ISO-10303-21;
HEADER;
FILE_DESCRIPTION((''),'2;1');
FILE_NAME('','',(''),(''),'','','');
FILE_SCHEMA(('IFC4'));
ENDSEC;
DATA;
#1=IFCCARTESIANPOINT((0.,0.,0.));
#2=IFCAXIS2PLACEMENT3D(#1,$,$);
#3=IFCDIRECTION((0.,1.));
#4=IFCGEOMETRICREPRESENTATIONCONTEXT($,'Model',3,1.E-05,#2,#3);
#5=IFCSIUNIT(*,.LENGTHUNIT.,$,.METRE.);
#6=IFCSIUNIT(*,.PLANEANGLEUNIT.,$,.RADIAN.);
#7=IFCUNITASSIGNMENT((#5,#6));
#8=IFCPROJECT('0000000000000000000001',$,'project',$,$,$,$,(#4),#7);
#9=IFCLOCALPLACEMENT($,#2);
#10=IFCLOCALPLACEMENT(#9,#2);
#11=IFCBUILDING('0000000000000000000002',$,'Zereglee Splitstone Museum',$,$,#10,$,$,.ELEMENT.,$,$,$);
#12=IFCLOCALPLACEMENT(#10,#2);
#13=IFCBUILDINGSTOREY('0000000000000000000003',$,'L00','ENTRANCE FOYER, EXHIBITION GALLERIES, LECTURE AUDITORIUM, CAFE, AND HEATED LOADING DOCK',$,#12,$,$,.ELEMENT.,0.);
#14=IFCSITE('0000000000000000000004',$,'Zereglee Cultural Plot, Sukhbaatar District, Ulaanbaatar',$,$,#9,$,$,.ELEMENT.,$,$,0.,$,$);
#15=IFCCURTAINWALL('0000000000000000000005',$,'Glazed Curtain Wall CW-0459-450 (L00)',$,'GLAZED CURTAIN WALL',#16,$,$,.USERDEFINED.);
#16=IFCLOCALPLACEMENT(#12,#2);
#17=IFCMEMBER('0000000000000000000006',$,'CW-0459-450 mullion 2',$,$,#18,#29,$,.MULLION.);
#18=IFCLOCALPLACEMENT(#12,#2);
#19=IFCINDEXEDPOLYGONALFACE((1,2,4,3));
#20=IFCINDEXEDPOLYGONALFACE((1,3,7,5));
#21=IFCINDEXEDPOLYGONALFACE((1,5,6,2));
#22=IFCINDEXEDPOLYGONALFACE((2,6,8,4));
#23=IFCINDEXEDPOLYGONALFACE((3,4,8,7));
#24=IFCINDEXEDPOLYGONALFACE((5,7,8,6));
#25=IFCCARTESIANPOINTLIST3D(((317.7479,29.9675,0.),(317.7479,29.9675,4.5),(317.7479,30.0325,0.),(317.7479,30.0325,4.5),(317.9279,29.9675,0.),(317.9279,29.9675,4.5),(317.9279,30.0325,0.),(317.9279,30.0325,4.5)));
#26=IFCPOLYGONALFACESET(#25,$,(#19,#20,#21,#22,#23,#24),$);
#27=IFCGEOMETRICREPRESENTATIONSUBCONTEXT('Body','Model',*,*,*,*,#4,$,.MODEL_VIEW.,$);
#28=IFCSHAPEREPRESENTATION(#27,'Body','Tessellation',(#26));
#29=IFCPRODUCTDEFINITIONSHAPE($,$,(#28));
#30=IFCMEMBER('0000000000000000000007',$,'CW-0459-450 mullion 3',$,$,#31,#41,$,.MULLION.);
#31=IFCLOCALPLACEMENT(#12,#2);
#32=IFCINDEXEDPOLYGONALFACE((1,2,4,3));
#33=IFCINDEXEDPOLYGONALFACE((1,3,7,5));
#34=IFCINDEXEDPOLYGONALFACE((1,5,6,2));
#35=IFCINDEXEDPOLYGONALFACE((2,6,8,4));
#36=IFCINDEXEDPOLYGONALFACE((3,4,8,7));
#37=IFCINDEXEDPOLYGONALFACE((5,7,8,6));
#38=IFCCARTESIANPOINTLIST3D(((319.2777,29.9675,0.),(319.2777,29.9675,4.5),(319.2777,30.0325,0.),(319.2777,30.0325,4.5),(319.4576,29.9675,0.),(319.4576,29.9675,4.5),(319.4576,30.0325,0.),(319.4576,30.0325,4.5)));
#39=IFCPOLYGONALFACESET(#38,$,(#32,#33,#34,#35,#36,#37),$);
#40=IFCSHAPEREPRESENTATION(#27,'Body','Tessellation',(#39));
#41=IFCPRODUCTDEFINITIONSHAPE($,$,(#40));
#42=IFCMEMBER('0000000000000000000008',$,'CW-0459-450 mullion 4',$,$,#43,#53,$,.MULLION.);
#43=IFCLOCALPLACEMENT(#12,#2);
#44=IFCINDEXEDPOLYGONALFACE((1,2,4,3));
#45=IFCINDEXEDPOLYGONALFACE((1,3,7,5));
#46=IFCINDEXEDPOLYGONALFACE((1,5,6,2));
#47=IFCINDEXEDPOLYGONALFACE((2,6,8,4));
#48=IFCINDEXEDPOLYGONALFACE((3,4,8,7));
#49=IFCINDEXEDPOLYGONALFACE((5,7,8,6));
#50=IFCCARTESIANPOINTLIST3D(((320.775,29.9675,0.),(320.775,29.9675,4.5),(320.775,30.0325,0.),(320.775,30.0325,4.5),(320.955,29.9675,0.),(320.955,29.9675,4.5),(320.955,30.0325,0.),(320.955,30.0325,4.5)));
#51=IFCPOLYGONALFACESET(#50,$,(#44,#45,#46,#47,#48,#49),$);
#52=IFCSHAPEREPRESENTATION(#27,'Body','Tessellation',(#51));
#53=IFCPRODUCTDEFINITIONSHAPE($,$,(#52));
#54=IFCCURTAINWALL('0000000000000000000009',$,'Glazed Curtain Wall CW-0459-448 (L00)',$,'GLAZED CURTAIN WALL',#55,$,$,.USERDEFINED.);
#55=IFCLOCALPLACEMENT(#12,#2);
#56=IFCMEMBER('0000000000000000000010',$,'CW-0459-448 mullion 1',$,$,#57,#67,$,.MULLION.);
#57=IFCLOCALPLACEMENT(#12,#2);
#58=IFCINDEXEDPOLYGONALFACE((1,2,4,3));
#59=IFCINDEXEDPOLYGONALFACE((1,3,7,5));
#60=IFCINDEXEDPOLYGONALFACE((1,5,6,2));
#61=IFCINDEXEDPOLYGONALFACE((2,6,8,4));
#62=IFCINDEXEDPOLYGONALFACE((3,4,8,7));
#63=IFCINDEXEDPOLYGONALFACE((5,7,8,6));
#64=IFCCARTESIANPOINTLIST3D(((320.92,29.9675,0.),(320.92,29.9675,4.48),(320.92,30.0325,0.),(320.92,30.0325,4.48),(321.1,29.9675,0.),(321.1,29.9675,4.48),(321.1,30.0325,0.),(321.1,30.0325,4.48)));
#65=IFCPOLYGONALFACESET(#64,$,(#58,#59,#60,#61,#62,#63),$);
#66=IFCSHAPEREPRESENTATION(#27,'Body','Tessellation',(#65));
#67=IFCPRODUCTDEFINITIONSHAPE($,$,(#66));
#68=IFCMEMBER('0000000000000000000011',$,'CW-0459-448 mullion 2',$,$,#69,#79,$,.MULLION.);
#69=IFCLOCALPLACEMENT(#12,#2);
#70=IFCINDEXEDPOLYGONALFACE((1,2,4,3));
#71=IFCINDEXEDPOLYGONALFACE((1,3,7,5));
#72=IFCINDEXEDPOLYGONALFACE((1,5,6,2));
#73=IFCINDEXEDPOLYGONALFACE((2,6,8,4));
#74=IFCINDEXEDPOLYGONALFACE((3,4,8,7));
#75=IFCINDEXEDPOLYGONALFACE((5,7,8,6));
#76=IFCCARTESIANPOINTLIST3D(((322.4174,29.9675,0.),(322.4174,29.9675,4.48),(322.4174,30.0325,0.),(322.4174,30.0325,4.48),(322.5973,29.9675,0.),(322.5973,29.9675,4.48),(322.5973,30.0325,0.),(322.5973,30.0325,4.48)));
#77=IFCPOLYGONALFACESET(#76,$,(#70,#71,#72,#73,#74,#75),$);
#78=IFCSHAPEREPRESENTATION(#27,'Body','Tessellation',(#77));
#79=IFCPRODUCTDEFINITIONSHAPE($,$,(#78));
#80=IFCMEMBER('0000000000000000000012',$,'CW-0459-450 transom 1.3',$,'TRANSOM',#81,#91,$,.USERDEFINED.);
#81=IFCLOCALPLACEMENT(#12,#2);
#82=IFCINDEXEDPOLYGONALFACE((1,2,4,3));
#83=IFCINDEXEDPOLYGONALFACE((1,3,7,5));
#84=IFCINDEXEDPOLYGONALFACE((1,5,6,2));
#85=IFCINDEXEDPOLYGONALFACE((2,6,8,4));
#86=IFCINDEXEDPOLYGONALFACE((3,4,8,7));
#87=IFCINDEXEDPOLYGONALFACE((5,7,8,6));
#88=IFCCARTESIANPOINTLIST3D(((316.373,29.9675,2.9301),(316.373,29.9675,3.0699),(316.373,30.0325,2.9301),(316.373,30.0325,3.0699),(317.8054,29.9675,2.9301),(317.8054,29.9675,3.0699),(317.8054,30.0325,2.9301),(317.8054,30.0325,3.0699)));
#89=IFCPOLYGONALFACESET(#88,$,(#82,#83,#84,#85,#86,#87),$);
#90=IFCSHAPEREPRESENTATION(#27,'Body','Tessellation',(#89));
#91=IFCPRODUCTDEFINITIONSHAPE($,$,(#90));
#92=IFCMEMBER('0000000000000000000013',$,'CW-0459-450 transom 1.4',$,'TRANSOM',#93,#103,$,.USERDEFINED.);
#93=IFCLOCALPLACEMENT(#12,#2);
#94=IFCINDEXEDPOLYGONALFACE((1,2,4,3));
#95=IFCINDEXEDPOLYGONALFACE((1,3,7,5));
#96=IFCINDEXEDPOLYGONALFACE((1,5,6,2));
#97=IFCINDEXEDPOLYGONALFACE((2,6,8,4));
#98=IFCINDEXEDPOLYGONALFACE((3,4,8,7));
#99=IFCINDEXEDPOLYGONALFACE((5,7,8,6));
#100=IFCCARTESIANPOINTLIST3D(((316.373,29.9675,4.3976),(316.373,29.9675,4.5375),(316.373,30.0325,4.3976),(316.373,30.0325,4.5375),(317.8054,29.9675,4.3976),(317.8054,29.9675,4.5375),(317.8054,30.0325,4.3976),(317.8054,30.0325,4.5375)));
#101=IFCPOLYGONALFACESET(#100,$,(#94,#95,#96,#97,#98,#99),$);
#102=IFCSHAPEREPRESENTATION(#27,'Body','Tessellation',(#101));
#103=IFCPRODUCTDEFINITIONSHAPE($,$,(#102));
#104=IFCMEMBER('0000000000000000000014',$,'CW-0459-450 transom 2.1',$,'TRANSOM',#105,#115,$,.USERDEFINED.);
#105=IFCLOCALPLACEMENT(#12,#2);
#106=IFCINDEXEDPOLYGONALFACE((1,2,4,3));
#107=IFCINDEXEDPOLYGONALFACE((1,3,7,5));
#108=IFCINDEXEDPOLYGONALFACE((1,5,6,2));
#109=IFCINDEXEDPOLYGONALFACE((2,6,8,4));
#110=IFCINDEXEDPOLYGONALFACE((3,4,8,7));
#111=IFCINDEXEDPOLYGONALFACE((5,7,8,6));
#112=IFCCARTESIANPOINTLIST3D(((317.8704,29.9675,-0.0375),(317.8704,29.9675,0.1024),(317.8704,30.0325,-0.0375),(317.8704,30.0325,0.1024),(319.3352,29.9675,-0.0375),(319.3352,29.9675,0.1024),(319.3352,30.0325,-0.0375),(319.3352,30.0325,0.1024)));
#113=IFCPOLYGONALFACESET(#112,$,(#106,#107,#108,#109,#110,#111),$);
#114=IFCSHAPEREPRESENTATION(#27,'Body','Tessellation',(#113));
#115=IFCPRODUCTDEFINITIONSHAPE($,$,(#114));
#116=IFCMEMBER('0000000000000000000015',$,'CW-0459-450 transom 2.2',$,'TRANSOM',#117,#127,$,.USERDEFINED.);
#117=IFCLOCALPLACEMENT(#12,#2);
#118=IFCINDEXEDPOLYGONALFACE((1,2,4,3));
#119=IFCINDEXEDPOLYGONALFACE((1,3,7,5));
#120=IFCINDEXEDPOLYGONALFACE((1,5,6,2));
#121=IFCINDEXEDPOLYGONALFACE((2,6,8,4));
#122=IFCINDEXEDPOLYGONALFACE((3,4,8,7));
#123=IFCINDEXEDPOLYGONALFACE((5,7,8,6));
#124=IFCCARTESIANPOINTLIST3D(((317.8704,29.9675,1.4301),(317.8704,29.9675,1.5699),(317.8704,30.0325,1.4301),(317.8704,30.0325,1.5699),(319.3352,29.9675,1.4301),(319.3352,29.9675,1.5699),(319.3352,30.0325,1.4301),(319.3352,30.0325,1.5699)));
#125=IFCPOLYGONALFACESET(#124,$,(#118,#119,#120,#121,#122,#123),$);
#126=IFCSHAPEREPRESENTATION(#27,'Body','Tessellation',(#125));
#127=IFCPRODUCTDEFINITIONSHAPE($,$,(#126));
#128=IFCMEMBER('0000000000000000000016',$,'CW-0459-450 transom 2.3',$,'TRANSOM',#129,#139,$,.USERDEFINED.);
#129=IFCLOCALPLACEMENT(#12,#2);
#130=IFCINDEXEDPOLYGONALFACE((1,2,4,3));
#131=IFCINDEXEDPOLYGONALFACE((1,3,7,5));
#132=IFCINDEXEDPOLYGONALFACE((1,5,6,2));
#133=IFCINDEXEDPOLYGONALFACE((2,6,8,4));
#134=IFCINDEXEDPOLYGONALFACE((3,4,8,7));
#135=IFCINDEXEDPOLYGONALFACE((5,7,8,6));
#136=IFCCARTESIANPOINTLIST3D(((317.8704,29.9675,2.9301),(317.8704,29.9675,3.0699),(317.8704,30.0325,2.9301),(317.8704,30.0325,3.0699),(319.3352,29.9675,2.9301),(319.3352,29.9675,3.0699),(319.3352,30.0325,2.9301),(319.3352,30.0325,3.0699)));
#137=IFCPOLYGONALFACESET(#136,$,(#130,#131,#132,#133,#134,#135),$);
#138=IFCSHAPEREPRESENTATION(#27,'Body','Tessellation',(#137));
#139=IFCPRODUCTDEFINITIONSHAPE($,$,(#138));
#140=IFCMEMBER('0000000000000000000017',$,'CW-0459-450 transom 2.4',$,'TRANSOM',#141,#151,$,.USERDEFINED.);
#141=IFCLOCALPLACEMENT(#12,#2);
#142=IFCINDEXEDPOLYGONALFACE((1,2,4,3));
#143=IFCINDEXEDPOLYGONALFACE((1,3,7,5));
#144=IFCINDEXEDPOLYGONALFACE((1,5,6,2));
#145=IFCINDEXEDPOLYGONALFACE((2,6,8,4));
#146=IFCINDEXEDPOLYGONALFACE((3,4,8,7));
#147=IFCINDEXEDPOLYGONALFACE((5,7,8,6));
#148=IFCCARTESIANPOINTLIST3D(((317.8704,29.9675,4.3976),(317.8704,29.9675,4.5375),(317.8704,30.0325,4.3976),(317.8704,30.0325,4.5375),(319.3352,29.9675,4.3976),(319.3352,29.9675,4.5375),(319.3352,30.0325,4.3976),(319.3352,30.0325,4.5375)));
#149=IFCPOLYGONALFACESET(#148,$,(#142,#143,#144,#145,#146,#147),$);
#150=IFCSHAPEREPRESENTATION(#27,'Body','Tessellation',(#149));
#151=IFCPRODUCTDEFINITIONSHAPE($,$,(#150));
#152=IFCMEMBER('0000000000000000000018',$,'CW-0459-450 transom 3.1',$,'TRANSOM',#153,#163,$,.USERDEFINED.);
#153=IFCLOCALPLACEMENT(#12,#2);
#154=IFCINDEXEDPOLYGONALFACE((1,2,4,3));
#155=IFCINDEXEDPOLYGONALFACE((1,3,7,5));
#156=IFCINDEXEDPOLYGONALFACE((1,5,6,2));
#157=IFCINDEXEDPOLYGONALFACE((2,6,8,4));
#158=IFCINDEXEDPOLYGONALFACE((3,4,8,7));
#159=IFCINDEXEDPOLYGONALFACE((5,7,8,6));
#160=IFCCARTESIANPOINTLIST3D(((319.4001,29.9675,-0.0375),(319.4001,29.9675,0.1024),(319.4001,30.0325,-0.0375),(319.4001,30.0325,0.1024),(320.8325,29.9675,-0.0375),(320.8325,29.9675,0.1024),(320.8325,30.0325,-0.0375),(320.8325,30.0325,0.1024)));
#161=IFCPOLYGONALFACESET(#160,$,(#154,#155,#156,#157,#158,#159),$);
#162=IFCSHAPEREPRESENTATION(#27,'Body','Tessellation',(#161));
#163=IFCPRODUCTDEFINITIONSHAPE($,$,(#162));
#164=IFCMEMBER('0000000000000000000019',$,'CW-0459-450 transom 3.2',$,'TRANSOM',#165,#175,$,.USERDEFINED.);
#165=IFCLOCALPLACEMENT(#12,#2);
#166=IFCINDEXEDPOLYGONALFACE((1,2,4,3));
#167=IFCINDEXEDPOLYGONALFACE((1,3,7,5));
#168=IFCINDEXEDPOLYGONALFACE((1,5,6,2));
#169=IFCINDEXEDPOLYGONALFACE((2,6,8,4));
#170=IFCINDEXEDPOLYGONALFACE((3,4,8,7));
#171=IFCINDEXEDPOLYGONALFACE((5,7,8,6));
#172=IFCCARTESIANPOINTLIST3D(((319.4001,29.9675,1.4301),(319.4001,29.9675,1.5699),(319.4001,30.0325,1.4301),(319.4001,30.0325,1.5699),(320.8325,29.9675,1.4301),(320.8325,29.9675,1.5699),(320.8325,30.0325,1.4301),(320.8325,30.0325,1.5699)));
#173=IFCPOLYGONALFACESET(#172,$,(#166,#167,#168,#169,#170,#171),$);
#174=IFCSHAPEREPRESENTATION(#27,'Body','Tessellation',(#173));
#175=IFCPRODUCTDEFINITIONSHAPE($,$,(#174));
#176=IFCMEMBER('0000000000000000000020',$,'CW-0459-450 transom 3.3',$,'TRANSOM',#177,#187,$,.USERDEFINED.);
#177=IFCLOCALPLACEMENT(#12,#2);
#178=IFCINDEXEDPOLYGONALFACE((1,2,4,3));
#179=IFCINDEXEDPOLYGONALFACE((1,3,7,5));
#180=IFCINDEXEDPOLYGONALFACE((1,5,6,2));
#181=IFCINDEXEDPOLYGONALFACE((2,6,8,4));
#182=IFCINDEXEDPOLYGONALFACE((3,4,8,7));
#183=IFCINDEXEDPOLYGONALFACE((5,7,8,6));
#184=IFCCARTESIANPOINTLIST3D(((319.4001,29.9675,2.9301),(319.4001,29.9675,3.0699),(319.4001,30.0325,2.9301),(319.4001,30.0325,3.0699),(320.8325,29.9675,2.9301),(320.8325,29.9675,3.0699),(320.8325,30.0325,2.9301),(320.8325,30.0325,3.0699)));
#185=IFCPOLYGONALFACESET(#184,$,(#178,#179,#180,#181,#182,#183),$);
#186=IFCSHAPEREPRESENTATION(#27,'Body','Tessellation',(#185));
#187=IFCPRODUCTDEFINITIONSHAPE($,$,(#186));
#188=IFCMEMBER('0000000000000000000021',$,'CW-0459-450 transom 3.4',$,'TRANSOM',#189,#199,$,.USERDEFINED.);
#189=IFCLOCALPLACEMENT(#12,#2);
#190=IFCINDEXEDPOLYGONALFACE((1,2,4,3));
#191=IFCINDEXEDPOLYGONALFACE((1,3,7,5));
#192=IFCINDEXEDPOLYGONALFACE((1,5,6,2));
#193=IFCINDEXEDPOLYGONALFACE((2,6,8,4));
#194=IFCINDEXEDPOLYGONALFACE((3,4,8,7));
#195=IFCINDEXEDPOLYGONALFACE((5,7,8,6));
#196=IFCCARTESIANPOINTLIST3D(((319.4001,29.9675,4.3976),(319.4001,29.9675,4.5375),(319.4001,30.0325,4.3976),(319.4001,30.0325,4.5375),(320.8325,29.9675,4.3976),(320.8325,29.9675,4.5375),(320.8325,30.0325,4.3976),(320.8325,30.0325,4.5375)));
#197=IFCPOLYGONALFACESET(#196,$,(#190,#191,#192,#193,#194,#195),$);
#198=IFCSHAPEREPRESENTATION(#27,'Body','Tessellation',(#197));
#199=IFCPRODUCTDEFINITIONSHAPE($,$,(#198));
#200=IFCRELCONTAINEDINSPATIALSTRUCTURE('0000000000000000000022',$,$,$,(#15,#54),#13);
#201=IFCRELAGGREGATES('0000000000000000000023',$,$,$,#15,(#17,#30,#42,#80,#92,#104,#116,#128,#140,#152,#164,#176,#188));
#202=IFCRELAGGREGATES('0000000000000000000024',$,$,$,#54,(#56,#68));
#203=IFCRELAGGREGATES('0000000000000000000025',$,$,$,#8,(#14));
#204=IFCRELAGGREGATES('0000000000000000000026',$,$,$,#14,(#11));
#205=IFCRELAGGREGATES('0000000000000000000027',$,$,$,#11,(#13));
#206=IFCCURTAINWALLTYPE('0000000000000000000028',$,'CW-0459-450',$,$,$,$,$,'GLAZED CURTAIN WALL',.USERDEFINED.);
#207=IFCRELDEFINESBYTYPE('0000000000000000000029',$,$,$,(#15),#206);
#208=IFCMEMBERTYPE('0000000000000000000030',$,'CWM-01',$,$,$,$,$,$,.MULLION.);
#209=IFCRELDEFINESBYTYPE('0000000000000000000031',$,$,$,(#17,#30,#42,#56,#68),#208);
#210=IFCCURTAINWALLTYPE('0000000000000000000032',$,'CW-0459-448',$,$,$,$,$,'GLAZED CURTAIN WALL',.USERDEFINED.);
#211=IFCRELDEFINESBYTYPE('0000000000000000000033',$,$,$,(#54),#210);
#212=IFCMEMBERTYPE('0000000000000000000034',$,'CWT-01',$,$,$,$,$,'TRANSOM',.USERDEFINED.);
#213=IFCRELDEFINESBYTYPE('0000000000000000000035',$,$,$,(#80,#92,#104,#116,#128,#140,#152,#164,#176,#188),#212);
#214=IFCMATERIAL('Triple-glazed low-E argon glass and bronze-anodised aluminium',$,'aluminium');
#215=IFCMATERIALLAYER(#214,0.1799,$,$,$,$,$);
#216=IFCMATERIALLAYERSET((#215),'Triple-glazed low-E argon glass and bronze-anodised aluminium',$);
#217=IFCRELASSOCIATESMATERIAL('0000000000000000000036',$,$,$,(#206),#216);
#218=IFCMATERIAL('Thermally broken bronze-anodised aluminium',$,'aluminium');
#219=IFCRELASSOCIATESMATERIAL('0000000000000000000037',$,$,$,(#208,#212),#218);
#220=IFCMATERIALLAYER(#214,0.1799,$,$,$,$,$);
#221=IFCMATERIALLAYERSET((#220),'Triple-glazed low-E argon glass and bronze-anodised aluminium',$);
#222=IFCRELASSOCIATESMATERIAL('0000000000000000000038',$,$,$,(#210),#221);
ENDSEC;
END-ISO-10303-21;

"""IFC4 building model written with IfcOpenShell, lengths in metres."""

from ifc_helpers import new_model, si_unit, direction, frame, origin, origin_2d, place, context, subcontext, project, spatial, rectangle, extrude, material, layer, layer_set, material_profile, profile_set, type_object, element, aggregate, save


model = new_model("IFC4")

# Units and contexts
model_context = context("Model", 3, precision=1e-05, world=origin(), true_north=direction((0.0, 1.0)))
body_context = subcontext(model_context, "Body", "Model", "MODEL_VIEW")
ifc_project = project(units=[si_unit("LENGTHUNIT", "METRE"), si_unit("PLANEANGLEUNIT", "RADIAN")], contexts=[model_context])

# Site, building, storey
site_placement = place(None, origin())
site = spatial("IfcSite", under=ifc_project, at=site_placement, Name="Zereglee Cultural Plot, Sukhbaatar District, Ulaanbaatar", CompositionType="ELEMENT", RefElevation=0.0)
building_placement = place(site_placement, origin())
building = spatial("IfcBuilding", under=site, at=building_placement, Name="Zereglee Splitstone Museum", CompositionType="ELEMENT")
storey_placement = place(building_placement, origin())
storey = spatial("IfcBuildingStorey", under=building, at=storey_placement, Name="L00", Description="ENTRANCE FOYER, EXHIBITION GALLERIES, LECTURE AUDITORIUM, CAFE, AND HEATED LOADING DOCK", CompositionType="ELEMENT", Elevation=0.0)

# Curtain walls, members
ifc_material_1 = material(Name="Triple-glazed low-E argon glass and bronze-anodised aluminium", Category="aluminium")
ifc_layer_1 = layer(ifc_material_1, 0.1799)
ifc_layer_set_1 = layer_set([ifc_layer_1], Name="Triple-glazed low-E argon glass and bronze-anodised aluminium")
curtain_wall_type_1 = type_object("IfcCurtainWallType", Name="CW-0459-450", ElementType="GLAZED CURTAIN WALL", PredefinedType="USERDEFINED", material=ifc_layer_set_1)
curtain_wall_1_placement = place(storey_placement, origin())
curtain_wall_1 = element("IfcCurtainWall", 1, at=curtain_wall_1_placement, inside=storey, type_object=curtain_wall_type_1, Name="Glazed Curtain Wall CW-0459-450 (L00)", ObjectType="GLAZED CURTAIN WALL", PredefinedType="USERDEFINED")
ifc_material_2 = material(Name="Thermally broken bronze-anodised aluminium", Category="aluminium")
ifc_material_profile_1 = material_profile(ifc_material_2, rectangle(XDim=0.0649, YDim=0.1799, at=origin_2d()), Name="CW MULL 65x180")
ifc_profile_set_1 = profile_set([ifc_material_profile_1], Name="Thermally broken bronze-anodised aluminium")
member_type_1 = type_object("IfcMemberType", Name="CWM-01", PredefinedType="MULLION", material=ifc_profile_set_1)
member_1_placement = place(storey_placement, frame((317.8379, 30.0, 0.0), z_axis=(0.0, 0.0, 1.0), x_axis=(0.0, 1.0, 0.0)))
member_1 = element("IfcMember", 2, at=member_1_placement, type_object=member_type_1, Name="CW-0459-450 mullion 2", PredefinedType="MULLION", context=body_context, shape_type="SweptSolid", body=[
    extrude(rectangle(XDim=0.0649, YDim=0.1799, at=origin_2d()), origin(), (0.0, 0.0, 1.0), 4.5),
])
member_2_placement = place(storey_placement, frame((319.3677, 30.0, 0.0), z_axis=(0.0, 0.0, 1.0), x_axis=(0.0, 1.0, 0.0)))
member_2 = element("IfcMember", 3, at=member_2_placement, type_object=member_type_1, Name="CW-0459-450 mullion 3", PredefinedType="MULLION", context=body_context, shape_type="SweptSolid", body=[
    extrude(rectangle(XDim=0.0649, YDim=0.1799, at=origin_2d()), origin(), (0.0, 0.0, 1.0), 4.5),
])
member_3_placement = place(storey_placement, frame((320.865, 30.0, 0.0), z_axis=(0.0, 0.0, 1.0), x_axis=(0.0, 1.0, 0.0)))
member_3 = element("IfcMember", 4, at=member_3_placement, type_object=member_type_1, Name="CW-0459-450 mullion 4", PredefinedType="MULLION", context=body_context, shape_type="SweptSolid", body=[
    extrude(rectangle(XDim=0.0649, YDim=0.1799, at=origin_2d()), origin(), (0.0, 0.0, 1.0), 4.5),
])
ifc_layer_2 = layer(ifc_material_1, 0.1799)
ifc_layer_set_2 = layer_set([ifc_layer_2], Name="Triple-glazed low-E argon glass and bronze-anodised aluminium")
curtain_wall_type_2 = type_object("IfcCurtainWallType", Name="CW-0459-448", ElementType="GLAZED CURTAIN WALL", PredefinedType="USERDEFINED", material=ifc_layer_set_2)
curtain_wall_2_placement = place(storey_placement, origin())
curtain_wall_2 = element("IfcCurtainWall", 5, at=curtain_wall_2_placement, inside=storey, type_object=curtain_wall_type_2, Name="Glazed Curtain Wall CW-0459-448 (L00)", ObjectType="GLAZED CURTAIN WALL", PredefinedType="USERDEFINED")
member_4_placement = place(storey_placement, frame((321.01, 30.0, 0.0), z_axis=(0.0, 0.0, 1.0), x_axis=(0.0, 1.0, 0.0)))
member_4 = element("IfcMember", 6, at=member_4_placement, type_object=member_type_1, Name="CW-0459-448 mullion 1", PredefinedType="MULLION", context=body_context, shape_type="SweptSolid", body=[
    extrude(rectangle(XDim=0.0649, YDim=0.1799, at=origin_2d()), origin(), (0.0, 0.0, 1.0), 4.48),
])
member_5_placement = place(storey_placement, frame((322.5073, 30.0, 0.0), z_axis=(0.0, 0.0, 1.0), x_axis=(0.0, 1.0, 0.0)))
member_5 = element("IfcMember", 7, at=member_5_placement, type_object=member_type_1, Name="CW-0459-448 mullion 2", PredefinedType="MULLION", context=body_context, shape_type="SweptSolid", body=[
    extrude(rectangle(XDim=0.0649, YDim=0.1799, at=origin_2d()), origin(), (0.0, 0.0, 1.0), 4.48),
])

# Members
ifc_material_profile_2 = material_profile(ifc_material_2, rectangle(XDim=0.0649, YDim=0.1399, at=origin_2d()), Name="CW TRAN 65x140")
ifc_profile_set_2 = profile_set([ifc_material_profile_2], Name="Thermally broken bronze-anodised aluminium")
member_type_2 = type_object("IfcMemberType", Name="CWT-01", ElementType="TRANSOM", PredefinedType="USERDEFINED", material=ifc_profile_set_2)
member_6_placement = place(storey_placement, frame((316.373, 30.0, 3.0), z_axis=(1.0, 0.0, 0.0), x_axis=(0.0, 1.0, 0.0)))
member_6 = element("IfcMember", 8, at=member_6_placement, type_object=member_type_2, Name="CW-0459-450 transom 1.3", ObjectType="TRANSOM", PredefinedType="USERDEFINED", context=body_context, shape_type="SweptSolid", body=[
    extrude(rectangle(XDim=0.0649, YDim=0.1399, at=origin_2d()), origin(), (0.0, 0.0, 1.0), 1.4324),
])
member_7_placement = place(storey_placement, frame((316.373, 30.0, 4.4675), z_axis=(1.0, 0.0, 0.0), x_axis=(0.0, 1.0, 0.0)))
member_7 = element("IfcMember", 9, at=member_7_placement, type_object=member_type_2, Name="CW-0459-450 transom 1.4", ObjectType="TRANSOM", PredefinedType="USERDEFINED", context=body_context, shape_type="SweptSolid", body=[
    extrude(rectangle(XDim=0.0649, YDim=0.1399, at=origin_2d()), origin(), (0.0, 0.0, 1.0), 1.4324),
])
member_8_placement = place(storey_placement, frame((317.8704, 30.0, 0.0325), z_axis=(1.0, 0.0, 0.0), x_axis=(0.0, 1.0, 0.0)))
member_8 = element("IfcMember", 10, at=member_8_placement, type_object=member_type_2, Name="CW-0459-450 transom 2.1", ObjectType="TRANSOM", PredefinedType="USERDEFINED", context=body_context, shape_type="SweptSolid", body=[
    extrude(rectangle(XDim=0.0649, YDim=0.1399, at=origin_2d()), origin(), (0.0, 0.0, 1.0), 1.4648),
])
member_9_placement = place(storey_placement, frame((317.8704, 30.0, 1.5), z_axis=(1.0, 0.0, 0.0), x_axis=(0.0, 1.0, 0.0)))
member_9 = element("IfcMember", 11, at=member_9_placement, type_object=member_type_2, Name="CW-0459-450 transom 2.2", ObjectType="TRANSOM", PredefinedType="USERDEFINED", context=body_context, shape_type="SweptSolid", body=[
    extrude(rectangle(XDim=0.0649, YDim=0.1399, at=origin_2d()), origin(), (0.0, 0.0, 1.0), 1.4648),
])
member_10_placement = place(storey_placement, frame((317.8704, 30.0, 3.0), z_axis=(1.0, 0.0, 0.0), x_axis=(0.0, 1.0, 0.0)))
member_10 = element("IfcMember", 12, at=member_10_placement, type_object=member_type_2, Name="CW-0459-450 transom 2.3", ObjectType="TRANSOM", PredefinedType="USERDEFINED", context=body_context, shape_type="SweptSolid", body=[
    extrude(rectangle(XDim=0.0649, YDim=0.1399, at=origin_2d()), origin(), (0.0, 0.0, 1.0), 1.4648),
])
member_11_placement = place(storey_placement, frame((317.8704, 30.0, 4.4675), z_axis=(1.0, 0.0, 0.0), x_axis=(0.0, 1.0, 0.0)))
member_11 = element("IfcMember", 13, at=member_11_placement, type_object=member_type_2, Name="CW-0459-450 transom 2.4", ObjectType="TRANSOM", PredefinedType="USERDEFINED", context=body_context, shape_type="SweptSolid", body=[
    extrude(rectangle(XDim=0.0649, YDim=0.1399, at=origin_2d()), origin(), (0.0, 0.0, 1.0), 1.4648),
])
member_12_placement = place(storey_placement, frame((319.4001, 30.0, 0.0325), z_axis=(1.0, 0.0, 0.0), x_axis=(0.0, 1.0, 0.0)))
member_12 = element("IfcMember", 14, at=member_12_placement, type_object=member_type_2, Name="CW-0459-450 transom 3.1", ObjectType="TRANSOM", PredefinedType="USERDEFINED", context=body_context, shape_type="SweptSolid", body=[
    extrude(rectangle(XDim=0.0649, YDim=0.1399, at=origin_2d()), origin(), (0.0, 0.0, 1.0), 1.4324),
])
member_13_placement = place(storey_placement, frame((319.4001, 30.0, 1.5), z_axis=(1.0, 0.0, 0.0), x_axis=(0.0, 1.0, 0.0)))
member_13 = element("IfcMember", 15, at=member_13_placement, type_object=member_type_2, Name="CW-0459-450 transom 3.2", ObjectType="TRANSOM", PredefinedType="USERDEFINED", context=body_context, shape_type="SweptSolid", body=[
    extrude(rectangle(XDim=0.0649, YDim=0.1399, at=origin_2d()), origin(), (0.0, 0.0, 1.0), 1.4324),
])
member_14_placement = place(storey_placement, frame((319.4001, 30.0, 3.0), z_axis=(1.0, 0.0, 0.0), x_axis=(0.0, 1.0, 0.0)))
member_14 = element("IfcMember", 16, at=member_14_placement, type_object=member_type_2, Name="CW-0459-450 transom 3.3", ObjectType="TRANSOM", PredefinedType="USERDEFINED", context=body_context, shape_type="SweptSolid", body=[
    extrude(rectangle(XDim=0.0649, YDim=0.1399, at=origin_2d()), origin(), (0.0, 0.0, 1.0), 1.4324),
])
member_15_placement = place(storey_placement, frame((319.4001, 30.0, 4.4675), z_axis=(1.0, 0.0, 0.0), x_axis=(0.0, 1.0, 0.0)))
member_15 = element("IfcMember", 17, at=member_15_placement, type_object=member_type_2, Name="CW-0459-450 transom 3.4", ObjectType="TRANSOM", PredefinedType="USERDEFINED", context=body_context, shape_type="SweptSolid", body=[
    extrude(rectangle(XDim=0.0649, YDim=0.1399, at=origin_2d()), origin(), (0.0, 0.0, 1.0), 1.4324),
])

aggregate(curtain_wall_1, [member_1, member_2, member_3, member_6, member_7, member_8, member_9, member_10, member_11, member_12, member_13, member_14, member_15])
aggregate(curtain_wall_2, [member_4, member_5])

save(model, "model.ifc")
